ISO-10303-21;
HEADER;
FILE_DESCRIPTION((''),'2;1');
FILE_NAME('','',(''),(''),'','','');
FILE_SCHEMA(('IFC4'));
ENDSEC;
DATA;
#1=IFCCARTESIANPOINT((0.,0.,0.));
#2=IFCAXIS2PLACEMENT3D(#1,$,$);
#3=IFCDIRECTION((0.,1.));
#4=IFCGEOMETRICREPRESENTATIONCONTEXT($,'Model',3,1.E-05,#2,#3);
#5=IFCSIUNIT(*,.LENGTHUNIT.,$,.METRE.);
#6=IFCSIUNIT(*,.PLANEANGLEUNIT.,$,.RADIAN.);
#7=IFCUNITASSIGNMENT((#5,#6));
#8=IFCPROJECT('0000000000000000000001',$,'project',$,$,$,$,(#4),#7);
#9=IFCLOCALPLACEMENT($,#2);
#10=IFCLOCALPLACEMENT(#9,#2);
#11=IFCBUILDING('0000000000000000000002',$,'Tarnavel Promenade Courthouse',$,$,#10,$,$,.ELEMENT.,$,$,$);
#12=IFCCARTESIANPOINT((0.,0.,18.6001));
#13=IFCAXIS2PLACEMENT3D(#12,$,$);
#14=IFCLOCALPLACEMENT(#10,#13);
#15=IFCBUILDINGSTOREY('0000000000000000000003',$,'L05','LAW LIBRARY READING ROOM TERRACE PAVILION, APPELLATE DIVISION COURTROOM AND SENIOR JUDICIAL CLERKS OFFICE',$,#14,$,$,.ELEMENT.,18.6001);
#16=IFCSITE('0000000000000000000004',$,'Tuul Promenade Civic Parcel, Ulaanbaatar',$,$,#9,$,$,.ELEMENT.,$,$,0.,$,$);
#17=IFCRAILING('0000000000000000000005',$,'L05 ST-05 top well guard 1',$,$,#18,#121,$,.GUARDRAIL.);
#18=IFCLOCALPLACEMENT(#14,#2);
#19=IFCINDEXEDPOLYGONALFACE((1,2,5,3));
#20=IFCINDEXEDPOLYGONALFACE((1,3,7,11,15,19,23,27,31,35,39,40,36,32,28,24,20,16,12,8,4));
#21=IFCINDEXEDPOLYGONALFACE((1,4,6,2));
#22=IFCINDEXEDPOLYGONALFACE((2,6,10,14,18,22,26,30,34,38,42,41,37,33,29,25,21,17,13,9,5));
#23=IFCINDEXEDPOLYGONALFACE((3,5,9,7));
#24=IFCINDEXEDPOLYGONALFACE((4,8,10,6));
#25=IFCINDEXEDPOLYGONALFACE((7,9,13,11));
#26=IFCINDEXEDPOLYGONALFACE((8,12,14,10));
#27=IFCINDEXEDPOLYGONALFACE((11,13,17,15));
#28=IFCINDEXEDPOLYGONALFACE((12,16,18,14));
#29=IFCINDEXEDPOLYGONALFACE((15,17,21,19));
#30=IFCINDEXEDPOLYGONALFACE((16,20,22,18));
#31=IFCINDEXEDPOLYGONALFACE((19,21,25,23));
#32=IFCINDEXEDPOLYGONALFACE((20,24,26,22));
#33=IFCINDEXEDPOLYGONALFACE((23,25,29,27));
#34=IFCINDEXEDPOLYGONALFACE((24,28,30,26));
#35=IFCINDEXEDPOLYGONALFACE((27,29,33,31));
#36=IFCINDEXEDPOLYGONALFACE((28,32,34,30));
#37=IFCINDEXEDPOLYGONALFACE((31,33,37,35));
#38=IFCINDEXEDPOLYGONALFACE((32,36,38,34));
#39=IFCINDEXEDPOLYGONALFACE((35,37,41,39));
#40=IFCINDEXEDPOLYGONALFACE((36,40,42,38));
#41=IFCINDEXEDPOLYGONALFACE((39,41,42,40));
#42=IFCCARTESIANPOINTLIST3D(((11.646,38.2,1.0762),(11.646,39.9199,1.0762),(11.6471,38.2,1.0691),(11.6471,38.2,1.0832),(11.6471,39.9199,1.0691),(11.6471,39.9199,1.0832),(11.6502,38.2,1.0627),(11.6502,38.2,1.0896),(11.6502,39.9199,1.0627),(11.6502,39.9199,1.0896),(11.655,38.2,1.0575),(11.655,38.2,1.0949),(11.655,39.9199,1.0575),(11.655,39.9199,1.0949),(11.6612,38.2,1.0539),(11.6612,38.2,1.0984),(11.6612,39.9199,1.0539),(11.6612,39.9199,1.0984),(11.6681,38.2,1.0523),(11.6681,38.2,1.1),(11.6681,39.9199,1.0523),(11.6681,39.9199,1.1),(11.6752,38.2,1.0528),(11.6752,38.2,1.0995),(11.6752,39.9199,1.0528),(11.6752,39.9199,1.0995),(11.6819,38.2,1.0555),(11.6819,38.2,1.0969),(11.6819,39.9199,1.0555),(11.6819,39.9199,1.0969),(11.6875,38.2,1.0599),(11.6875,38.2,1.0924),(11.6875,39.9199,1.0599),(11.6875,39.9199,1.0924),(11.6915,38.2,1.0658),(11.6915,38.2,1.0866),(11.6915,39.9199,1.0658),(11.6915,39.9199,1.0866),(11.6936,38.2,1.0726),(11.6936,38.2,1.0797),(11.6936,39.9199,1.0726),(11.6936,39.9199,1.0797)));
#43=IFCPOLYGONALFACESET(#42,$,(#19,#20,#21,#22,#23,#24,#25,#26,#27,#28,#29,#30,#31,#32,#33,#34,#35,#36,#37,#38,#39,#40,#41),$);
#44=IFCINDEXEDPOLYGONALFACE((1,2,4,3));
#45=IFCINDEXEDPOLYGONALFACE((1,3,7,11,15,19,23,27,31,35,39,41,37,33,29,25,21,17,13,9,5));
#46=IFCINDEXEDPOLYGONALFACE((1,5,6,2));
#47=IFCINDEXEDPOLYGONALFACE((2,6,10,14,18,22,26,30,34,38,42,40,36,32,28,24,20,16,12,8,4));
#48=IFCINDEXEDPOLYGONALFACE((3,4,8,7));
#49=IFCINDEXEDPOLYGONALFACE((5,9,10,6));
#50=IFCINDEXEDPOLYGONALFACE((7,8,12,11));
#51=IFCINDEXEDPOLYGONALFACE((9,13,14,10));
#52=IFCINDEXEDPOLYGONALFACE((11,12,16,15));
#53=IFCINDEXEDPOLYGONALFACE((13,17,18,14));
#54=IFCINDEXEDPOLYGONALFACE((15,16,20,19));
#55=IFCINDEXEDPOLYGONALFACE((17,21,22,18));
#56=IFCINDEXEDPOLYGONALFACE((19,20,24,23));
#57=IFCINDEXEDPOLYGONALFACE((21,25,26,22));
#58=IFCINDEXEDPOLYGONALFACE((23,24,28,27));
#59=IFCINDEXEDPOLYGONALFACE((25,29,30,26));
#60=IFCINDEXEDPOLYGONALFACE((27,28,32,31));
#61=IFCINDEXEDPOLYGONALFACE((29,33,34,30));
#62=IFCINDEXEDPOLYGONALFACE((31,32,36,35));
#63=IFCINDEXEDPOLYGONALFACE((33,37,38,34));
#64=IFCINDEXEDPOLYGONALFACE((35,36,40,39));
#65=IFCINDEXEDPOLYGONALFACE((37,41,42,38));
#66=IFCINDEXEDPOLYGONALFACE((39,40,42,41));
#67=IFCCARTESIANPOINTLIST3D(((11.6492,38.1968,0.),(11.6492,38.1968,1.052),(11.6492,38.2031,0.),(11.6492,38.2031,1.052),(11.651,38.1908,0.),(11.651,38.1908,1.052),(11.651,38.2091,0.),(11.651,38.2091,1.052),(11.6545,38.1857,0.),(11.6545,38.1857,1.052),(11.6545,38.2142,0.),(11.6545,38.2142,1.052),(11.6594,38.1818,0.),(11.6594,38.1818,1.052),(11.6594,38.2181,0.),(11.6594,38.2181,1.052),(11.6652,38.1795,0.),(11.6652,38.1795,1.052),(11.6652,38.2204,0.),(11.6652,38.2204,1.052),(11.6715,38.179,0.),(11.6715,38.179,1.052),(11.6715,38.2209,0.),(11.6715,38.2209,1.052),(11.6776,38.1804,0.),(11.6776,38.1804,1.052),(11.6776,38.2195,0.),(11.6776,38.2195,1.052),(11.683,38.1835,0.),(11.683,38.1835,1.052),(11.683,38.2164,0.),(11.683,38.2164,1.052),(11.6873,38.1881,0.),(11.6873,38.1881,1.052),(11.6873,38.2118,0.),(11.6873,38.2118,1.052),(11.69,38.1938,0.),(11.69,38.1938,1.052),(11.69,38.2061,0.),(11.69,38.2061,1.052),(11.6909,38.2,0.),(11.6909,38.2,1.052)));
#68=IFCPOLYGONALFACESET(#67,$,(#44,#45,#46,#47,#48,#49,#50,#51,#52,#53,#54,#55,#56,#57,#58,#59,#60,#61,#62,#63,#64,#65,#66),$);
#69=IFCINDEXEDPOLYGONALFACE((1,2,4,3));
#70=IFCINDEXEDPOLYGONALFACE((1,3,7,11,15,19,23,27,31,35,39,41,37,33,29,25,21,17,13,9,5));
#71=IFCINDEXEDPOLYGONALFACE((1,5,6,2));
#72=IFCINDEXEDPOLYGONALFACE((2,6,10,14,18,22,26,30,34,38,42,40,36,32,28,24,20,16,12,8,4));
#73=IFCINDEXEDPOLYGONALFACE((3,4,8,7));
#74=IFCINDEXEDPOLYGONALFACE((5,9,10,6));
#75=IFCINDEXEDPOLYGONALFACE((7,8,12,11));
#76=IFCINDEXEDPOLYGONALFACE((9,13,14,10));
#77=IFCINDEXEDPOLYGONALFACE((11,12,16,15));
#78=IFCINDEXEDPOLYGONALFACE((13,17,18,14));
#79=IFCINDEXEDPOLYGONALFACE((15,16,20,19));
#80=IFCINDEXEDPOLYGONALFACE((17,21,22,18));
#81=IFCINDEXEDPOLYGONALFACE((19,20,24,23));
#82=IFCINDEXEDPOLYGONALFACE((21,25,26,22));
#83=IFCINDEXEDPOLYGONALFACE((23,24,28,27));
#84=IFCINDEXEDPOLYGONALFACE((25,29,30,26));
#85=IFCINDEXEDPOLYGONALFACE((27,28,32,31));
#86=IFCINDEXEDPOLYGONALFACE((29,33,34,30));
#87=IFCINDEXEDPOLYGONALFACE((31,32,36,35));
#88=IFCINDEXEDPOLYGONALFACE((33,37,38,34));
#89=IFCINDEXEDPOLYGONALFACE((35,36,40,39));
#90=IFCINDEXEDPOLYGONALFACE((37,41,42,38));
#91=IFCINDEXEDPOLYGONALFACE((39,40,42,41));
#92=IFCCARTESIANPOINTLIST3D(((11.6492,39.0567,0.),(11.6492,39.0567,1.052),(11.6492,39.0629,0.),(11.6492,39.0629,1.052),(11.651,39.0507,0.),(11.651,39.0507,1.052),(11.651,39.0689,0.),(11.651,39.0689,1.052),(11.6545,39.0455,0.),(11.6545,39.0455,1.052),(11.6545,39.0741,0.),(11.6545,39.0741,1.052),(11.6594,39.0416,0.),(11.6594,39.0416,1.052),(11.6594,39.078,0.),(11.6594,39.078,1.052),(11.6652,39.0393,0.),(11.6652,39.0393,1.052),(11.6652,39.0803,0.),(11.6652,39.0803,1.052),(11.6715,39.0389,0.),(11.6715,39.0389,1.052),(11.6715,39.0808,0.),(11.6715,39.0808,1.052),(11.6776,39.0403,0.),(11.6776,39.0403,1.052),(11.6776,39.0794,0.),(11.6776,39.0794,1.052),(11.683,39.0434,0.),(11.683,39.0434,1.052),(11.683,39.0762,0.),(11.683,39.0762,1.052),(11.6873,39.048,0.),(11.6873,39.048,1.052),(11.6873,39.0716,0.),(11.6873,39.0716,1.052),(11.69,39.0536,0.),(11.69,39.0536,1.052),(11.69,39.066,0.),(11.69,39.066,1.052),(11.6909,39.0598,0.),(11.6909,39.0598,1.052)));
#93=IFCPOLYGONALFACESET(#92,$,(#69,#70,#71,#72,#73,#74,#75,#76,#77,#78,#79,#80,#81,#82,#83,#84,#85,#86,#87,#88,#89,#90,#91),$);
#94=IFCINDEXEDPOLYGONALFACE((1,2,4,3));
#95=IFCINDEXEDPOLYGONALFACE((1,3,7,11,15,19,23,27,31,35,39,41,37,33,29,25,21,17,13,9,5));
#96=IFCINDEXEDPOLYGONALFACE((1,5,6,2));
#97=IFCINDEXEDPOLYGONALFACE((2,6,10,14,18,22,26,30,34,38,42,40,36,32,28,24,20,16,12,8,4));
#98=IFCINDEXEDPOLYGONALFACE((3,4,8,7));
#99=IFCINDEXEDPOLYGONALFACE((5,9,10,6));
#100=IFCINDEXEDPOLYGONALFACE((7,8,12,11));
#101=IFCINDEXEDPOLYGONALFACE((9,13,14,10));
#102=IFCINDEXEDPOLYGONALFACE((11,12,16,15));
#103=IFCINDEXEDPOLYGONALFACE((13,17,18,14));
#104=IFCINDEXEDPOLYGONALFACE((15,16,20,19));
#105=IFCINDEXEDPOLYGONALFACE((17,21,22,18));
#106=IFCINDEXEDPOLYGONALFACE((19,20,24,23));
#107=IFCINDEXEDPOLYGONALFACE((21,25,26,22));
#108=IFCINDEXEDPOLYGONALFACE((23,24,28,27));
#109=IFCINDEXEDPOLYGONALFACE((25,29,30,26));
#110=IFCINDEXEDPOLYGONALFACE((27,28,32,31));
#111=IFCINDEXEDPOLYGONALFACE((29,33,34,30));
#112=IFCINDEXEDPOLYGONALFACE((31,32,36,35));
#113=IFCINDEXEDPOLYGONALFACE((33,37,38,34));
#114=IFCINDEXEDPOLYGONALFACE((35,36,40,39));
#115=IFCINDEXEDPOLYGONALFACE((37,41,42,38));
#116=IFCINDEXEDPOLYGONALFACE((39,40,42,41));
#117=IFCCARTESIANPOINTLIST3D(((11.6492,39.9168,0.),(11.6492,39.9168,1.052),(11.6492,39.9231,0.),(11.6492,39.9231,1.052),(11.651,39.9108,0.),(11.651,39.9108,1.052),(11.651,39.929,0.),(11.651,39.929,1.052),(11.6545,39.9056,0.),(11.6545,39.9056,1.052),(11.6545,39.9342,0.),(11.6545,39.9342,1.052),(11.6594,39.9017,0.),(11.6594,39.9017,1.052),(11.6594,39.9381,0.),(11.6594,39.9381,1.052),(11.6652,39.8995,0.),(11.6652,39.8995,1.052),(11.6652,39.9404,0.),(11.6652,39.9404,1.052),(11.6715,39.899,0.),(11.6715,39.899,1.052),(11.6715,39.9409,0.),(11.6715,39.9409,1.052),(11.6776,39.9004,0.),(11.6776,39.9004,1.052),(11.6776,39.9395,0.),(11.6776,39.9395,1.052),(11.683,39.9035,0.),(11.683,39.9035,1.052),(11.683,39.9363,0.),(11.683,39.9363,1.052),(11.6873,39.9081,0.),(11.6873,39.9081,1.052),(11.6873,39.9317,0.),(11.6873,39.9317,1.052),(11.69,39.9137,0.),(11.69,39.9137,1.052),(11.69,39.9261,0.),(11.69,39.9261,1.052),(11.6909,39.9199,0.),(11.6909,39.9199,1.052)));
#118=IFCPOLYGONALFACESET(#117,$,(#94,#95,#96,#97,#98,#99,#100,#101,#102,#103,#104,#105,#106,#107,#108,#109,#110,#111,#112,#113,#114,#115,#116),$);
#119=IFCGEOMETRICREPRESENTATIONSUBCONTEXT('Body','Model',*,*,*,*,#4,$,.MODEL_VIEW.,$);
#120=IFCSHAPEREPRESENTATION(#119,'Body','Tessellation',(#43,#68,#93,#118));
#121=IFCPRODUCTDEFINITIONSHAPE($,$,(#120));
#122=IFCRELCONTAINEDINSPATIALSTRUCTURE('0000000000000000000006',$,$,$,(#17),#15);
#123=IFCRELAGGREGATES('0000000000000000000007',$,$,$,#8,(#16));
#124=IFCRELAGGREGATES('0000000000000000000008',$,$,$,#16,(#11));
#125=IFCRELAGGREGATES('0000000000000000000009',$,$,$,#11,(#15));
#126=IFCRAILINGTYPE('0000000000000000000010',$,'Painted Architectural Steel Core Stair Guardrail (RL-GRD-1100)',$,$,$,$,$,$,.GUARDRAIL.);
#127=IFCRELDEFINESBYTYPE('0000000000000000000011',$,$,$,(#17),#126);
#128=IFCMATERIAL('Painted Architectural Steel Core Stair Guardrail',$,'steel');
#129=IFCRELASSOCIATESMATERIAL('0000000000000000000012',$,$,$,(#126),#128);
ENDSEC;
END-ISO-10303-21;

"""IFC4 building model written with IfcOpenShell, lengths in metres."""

from ifc_helpers import new_model, si_unit, direction, frame, origin, origin_2d, place, context, subcontext, project, spatial, circle, extrude, material, type_object, element, save


model = new_model("IFC4")

# Units and contexts
model_context = context("Model", 3, precision=1e-05, world=origin(), true_north=direction((0.0, 1.0)))
body_context = subcontext(model_context, "Body", "Model", "MODEL_VIEW")
ifc_project = project(units=[si_unit("LENGTHUNIT", "METRE"), si_unit("PLANEANGLEUNIT", "RADIAN")], contexts=[model_context])

# Site, building, storey
site_placement = place(None, origin())
site = spatial("IfcSite", under=ifc_project, at=site_placement, Name="Tuul Promenade Civic Parcel, Ulaanbaatar", CompositionType="ELEMENT", RefElevation=0.0)
building_placement = place(site_placement, origin())
building = spatial("IfcBuilding", under=site, at=building_placement, Name="Tarnavel Promenade Courthouse", CompositionType="ELEMENT")
storey_placement = place(building_placement, frame((0.0, 0.0, 18.6001)))
storey = spatial("IfcBuildingStorey", under=building, at=storey_placement, Name="L05", Description="LAW LIBRARY READING ROOM TERRACE PAVILION, APPELLATE DIVISION COURTROOM AND SENIOR JUDICIAL CLERKS OFFICE", CompositionType="ELEMENT", Elevation=18.6001)

# Railing
ifc_material_1 = material(Name="Painted Architectural Steel Core Stair Guardrail", Category="steel")
railing_type = type_object("IfcRailingType", Name="Painted Architectural Steel Core Stair Guardrail (RL-GRD-1100)", PredefinedType="GUARDRAIL", material=ifc_material_1)
railing_placement = place(storey_placement, frame((11.6699, 38.2, 0.0)))
element("IfcRailing", 1, at=railing_placement, inside=storey, type_object=railing_type, Name="L05 ST-05 top well guard 1", PredefinedType="GUARDRAIL", context=body_context, shape_type="SweptSolid", body=[
    extrude(circle(Radius=0.0239, at=origin_2d()), frame((0.0, 0.0, 1.0762), z_axis=(0.0, 1.0, 0.0), x_axis=(-1.0, 0.0, 0.0)), (0.0, 0.0, 1.0), 1.72),
    extrude(circle(Radius=0.021, at=origin_2d()), origin(), (0.0, 0.0, 1.0), 1.052),
    extrude(circle(Radius=0.021, at=origin_2d()), frame((0.0, 0.8599, 0.0)), (0.0, 0.0, 1.0), 1.052),
    extrude(circle(Radius=0.021, at=origin_2d()), frame((0.0, 1.72, 0.0)), (0.0, 0.0, 1.0), 1.052),
])

save(model, "model.ifc")
